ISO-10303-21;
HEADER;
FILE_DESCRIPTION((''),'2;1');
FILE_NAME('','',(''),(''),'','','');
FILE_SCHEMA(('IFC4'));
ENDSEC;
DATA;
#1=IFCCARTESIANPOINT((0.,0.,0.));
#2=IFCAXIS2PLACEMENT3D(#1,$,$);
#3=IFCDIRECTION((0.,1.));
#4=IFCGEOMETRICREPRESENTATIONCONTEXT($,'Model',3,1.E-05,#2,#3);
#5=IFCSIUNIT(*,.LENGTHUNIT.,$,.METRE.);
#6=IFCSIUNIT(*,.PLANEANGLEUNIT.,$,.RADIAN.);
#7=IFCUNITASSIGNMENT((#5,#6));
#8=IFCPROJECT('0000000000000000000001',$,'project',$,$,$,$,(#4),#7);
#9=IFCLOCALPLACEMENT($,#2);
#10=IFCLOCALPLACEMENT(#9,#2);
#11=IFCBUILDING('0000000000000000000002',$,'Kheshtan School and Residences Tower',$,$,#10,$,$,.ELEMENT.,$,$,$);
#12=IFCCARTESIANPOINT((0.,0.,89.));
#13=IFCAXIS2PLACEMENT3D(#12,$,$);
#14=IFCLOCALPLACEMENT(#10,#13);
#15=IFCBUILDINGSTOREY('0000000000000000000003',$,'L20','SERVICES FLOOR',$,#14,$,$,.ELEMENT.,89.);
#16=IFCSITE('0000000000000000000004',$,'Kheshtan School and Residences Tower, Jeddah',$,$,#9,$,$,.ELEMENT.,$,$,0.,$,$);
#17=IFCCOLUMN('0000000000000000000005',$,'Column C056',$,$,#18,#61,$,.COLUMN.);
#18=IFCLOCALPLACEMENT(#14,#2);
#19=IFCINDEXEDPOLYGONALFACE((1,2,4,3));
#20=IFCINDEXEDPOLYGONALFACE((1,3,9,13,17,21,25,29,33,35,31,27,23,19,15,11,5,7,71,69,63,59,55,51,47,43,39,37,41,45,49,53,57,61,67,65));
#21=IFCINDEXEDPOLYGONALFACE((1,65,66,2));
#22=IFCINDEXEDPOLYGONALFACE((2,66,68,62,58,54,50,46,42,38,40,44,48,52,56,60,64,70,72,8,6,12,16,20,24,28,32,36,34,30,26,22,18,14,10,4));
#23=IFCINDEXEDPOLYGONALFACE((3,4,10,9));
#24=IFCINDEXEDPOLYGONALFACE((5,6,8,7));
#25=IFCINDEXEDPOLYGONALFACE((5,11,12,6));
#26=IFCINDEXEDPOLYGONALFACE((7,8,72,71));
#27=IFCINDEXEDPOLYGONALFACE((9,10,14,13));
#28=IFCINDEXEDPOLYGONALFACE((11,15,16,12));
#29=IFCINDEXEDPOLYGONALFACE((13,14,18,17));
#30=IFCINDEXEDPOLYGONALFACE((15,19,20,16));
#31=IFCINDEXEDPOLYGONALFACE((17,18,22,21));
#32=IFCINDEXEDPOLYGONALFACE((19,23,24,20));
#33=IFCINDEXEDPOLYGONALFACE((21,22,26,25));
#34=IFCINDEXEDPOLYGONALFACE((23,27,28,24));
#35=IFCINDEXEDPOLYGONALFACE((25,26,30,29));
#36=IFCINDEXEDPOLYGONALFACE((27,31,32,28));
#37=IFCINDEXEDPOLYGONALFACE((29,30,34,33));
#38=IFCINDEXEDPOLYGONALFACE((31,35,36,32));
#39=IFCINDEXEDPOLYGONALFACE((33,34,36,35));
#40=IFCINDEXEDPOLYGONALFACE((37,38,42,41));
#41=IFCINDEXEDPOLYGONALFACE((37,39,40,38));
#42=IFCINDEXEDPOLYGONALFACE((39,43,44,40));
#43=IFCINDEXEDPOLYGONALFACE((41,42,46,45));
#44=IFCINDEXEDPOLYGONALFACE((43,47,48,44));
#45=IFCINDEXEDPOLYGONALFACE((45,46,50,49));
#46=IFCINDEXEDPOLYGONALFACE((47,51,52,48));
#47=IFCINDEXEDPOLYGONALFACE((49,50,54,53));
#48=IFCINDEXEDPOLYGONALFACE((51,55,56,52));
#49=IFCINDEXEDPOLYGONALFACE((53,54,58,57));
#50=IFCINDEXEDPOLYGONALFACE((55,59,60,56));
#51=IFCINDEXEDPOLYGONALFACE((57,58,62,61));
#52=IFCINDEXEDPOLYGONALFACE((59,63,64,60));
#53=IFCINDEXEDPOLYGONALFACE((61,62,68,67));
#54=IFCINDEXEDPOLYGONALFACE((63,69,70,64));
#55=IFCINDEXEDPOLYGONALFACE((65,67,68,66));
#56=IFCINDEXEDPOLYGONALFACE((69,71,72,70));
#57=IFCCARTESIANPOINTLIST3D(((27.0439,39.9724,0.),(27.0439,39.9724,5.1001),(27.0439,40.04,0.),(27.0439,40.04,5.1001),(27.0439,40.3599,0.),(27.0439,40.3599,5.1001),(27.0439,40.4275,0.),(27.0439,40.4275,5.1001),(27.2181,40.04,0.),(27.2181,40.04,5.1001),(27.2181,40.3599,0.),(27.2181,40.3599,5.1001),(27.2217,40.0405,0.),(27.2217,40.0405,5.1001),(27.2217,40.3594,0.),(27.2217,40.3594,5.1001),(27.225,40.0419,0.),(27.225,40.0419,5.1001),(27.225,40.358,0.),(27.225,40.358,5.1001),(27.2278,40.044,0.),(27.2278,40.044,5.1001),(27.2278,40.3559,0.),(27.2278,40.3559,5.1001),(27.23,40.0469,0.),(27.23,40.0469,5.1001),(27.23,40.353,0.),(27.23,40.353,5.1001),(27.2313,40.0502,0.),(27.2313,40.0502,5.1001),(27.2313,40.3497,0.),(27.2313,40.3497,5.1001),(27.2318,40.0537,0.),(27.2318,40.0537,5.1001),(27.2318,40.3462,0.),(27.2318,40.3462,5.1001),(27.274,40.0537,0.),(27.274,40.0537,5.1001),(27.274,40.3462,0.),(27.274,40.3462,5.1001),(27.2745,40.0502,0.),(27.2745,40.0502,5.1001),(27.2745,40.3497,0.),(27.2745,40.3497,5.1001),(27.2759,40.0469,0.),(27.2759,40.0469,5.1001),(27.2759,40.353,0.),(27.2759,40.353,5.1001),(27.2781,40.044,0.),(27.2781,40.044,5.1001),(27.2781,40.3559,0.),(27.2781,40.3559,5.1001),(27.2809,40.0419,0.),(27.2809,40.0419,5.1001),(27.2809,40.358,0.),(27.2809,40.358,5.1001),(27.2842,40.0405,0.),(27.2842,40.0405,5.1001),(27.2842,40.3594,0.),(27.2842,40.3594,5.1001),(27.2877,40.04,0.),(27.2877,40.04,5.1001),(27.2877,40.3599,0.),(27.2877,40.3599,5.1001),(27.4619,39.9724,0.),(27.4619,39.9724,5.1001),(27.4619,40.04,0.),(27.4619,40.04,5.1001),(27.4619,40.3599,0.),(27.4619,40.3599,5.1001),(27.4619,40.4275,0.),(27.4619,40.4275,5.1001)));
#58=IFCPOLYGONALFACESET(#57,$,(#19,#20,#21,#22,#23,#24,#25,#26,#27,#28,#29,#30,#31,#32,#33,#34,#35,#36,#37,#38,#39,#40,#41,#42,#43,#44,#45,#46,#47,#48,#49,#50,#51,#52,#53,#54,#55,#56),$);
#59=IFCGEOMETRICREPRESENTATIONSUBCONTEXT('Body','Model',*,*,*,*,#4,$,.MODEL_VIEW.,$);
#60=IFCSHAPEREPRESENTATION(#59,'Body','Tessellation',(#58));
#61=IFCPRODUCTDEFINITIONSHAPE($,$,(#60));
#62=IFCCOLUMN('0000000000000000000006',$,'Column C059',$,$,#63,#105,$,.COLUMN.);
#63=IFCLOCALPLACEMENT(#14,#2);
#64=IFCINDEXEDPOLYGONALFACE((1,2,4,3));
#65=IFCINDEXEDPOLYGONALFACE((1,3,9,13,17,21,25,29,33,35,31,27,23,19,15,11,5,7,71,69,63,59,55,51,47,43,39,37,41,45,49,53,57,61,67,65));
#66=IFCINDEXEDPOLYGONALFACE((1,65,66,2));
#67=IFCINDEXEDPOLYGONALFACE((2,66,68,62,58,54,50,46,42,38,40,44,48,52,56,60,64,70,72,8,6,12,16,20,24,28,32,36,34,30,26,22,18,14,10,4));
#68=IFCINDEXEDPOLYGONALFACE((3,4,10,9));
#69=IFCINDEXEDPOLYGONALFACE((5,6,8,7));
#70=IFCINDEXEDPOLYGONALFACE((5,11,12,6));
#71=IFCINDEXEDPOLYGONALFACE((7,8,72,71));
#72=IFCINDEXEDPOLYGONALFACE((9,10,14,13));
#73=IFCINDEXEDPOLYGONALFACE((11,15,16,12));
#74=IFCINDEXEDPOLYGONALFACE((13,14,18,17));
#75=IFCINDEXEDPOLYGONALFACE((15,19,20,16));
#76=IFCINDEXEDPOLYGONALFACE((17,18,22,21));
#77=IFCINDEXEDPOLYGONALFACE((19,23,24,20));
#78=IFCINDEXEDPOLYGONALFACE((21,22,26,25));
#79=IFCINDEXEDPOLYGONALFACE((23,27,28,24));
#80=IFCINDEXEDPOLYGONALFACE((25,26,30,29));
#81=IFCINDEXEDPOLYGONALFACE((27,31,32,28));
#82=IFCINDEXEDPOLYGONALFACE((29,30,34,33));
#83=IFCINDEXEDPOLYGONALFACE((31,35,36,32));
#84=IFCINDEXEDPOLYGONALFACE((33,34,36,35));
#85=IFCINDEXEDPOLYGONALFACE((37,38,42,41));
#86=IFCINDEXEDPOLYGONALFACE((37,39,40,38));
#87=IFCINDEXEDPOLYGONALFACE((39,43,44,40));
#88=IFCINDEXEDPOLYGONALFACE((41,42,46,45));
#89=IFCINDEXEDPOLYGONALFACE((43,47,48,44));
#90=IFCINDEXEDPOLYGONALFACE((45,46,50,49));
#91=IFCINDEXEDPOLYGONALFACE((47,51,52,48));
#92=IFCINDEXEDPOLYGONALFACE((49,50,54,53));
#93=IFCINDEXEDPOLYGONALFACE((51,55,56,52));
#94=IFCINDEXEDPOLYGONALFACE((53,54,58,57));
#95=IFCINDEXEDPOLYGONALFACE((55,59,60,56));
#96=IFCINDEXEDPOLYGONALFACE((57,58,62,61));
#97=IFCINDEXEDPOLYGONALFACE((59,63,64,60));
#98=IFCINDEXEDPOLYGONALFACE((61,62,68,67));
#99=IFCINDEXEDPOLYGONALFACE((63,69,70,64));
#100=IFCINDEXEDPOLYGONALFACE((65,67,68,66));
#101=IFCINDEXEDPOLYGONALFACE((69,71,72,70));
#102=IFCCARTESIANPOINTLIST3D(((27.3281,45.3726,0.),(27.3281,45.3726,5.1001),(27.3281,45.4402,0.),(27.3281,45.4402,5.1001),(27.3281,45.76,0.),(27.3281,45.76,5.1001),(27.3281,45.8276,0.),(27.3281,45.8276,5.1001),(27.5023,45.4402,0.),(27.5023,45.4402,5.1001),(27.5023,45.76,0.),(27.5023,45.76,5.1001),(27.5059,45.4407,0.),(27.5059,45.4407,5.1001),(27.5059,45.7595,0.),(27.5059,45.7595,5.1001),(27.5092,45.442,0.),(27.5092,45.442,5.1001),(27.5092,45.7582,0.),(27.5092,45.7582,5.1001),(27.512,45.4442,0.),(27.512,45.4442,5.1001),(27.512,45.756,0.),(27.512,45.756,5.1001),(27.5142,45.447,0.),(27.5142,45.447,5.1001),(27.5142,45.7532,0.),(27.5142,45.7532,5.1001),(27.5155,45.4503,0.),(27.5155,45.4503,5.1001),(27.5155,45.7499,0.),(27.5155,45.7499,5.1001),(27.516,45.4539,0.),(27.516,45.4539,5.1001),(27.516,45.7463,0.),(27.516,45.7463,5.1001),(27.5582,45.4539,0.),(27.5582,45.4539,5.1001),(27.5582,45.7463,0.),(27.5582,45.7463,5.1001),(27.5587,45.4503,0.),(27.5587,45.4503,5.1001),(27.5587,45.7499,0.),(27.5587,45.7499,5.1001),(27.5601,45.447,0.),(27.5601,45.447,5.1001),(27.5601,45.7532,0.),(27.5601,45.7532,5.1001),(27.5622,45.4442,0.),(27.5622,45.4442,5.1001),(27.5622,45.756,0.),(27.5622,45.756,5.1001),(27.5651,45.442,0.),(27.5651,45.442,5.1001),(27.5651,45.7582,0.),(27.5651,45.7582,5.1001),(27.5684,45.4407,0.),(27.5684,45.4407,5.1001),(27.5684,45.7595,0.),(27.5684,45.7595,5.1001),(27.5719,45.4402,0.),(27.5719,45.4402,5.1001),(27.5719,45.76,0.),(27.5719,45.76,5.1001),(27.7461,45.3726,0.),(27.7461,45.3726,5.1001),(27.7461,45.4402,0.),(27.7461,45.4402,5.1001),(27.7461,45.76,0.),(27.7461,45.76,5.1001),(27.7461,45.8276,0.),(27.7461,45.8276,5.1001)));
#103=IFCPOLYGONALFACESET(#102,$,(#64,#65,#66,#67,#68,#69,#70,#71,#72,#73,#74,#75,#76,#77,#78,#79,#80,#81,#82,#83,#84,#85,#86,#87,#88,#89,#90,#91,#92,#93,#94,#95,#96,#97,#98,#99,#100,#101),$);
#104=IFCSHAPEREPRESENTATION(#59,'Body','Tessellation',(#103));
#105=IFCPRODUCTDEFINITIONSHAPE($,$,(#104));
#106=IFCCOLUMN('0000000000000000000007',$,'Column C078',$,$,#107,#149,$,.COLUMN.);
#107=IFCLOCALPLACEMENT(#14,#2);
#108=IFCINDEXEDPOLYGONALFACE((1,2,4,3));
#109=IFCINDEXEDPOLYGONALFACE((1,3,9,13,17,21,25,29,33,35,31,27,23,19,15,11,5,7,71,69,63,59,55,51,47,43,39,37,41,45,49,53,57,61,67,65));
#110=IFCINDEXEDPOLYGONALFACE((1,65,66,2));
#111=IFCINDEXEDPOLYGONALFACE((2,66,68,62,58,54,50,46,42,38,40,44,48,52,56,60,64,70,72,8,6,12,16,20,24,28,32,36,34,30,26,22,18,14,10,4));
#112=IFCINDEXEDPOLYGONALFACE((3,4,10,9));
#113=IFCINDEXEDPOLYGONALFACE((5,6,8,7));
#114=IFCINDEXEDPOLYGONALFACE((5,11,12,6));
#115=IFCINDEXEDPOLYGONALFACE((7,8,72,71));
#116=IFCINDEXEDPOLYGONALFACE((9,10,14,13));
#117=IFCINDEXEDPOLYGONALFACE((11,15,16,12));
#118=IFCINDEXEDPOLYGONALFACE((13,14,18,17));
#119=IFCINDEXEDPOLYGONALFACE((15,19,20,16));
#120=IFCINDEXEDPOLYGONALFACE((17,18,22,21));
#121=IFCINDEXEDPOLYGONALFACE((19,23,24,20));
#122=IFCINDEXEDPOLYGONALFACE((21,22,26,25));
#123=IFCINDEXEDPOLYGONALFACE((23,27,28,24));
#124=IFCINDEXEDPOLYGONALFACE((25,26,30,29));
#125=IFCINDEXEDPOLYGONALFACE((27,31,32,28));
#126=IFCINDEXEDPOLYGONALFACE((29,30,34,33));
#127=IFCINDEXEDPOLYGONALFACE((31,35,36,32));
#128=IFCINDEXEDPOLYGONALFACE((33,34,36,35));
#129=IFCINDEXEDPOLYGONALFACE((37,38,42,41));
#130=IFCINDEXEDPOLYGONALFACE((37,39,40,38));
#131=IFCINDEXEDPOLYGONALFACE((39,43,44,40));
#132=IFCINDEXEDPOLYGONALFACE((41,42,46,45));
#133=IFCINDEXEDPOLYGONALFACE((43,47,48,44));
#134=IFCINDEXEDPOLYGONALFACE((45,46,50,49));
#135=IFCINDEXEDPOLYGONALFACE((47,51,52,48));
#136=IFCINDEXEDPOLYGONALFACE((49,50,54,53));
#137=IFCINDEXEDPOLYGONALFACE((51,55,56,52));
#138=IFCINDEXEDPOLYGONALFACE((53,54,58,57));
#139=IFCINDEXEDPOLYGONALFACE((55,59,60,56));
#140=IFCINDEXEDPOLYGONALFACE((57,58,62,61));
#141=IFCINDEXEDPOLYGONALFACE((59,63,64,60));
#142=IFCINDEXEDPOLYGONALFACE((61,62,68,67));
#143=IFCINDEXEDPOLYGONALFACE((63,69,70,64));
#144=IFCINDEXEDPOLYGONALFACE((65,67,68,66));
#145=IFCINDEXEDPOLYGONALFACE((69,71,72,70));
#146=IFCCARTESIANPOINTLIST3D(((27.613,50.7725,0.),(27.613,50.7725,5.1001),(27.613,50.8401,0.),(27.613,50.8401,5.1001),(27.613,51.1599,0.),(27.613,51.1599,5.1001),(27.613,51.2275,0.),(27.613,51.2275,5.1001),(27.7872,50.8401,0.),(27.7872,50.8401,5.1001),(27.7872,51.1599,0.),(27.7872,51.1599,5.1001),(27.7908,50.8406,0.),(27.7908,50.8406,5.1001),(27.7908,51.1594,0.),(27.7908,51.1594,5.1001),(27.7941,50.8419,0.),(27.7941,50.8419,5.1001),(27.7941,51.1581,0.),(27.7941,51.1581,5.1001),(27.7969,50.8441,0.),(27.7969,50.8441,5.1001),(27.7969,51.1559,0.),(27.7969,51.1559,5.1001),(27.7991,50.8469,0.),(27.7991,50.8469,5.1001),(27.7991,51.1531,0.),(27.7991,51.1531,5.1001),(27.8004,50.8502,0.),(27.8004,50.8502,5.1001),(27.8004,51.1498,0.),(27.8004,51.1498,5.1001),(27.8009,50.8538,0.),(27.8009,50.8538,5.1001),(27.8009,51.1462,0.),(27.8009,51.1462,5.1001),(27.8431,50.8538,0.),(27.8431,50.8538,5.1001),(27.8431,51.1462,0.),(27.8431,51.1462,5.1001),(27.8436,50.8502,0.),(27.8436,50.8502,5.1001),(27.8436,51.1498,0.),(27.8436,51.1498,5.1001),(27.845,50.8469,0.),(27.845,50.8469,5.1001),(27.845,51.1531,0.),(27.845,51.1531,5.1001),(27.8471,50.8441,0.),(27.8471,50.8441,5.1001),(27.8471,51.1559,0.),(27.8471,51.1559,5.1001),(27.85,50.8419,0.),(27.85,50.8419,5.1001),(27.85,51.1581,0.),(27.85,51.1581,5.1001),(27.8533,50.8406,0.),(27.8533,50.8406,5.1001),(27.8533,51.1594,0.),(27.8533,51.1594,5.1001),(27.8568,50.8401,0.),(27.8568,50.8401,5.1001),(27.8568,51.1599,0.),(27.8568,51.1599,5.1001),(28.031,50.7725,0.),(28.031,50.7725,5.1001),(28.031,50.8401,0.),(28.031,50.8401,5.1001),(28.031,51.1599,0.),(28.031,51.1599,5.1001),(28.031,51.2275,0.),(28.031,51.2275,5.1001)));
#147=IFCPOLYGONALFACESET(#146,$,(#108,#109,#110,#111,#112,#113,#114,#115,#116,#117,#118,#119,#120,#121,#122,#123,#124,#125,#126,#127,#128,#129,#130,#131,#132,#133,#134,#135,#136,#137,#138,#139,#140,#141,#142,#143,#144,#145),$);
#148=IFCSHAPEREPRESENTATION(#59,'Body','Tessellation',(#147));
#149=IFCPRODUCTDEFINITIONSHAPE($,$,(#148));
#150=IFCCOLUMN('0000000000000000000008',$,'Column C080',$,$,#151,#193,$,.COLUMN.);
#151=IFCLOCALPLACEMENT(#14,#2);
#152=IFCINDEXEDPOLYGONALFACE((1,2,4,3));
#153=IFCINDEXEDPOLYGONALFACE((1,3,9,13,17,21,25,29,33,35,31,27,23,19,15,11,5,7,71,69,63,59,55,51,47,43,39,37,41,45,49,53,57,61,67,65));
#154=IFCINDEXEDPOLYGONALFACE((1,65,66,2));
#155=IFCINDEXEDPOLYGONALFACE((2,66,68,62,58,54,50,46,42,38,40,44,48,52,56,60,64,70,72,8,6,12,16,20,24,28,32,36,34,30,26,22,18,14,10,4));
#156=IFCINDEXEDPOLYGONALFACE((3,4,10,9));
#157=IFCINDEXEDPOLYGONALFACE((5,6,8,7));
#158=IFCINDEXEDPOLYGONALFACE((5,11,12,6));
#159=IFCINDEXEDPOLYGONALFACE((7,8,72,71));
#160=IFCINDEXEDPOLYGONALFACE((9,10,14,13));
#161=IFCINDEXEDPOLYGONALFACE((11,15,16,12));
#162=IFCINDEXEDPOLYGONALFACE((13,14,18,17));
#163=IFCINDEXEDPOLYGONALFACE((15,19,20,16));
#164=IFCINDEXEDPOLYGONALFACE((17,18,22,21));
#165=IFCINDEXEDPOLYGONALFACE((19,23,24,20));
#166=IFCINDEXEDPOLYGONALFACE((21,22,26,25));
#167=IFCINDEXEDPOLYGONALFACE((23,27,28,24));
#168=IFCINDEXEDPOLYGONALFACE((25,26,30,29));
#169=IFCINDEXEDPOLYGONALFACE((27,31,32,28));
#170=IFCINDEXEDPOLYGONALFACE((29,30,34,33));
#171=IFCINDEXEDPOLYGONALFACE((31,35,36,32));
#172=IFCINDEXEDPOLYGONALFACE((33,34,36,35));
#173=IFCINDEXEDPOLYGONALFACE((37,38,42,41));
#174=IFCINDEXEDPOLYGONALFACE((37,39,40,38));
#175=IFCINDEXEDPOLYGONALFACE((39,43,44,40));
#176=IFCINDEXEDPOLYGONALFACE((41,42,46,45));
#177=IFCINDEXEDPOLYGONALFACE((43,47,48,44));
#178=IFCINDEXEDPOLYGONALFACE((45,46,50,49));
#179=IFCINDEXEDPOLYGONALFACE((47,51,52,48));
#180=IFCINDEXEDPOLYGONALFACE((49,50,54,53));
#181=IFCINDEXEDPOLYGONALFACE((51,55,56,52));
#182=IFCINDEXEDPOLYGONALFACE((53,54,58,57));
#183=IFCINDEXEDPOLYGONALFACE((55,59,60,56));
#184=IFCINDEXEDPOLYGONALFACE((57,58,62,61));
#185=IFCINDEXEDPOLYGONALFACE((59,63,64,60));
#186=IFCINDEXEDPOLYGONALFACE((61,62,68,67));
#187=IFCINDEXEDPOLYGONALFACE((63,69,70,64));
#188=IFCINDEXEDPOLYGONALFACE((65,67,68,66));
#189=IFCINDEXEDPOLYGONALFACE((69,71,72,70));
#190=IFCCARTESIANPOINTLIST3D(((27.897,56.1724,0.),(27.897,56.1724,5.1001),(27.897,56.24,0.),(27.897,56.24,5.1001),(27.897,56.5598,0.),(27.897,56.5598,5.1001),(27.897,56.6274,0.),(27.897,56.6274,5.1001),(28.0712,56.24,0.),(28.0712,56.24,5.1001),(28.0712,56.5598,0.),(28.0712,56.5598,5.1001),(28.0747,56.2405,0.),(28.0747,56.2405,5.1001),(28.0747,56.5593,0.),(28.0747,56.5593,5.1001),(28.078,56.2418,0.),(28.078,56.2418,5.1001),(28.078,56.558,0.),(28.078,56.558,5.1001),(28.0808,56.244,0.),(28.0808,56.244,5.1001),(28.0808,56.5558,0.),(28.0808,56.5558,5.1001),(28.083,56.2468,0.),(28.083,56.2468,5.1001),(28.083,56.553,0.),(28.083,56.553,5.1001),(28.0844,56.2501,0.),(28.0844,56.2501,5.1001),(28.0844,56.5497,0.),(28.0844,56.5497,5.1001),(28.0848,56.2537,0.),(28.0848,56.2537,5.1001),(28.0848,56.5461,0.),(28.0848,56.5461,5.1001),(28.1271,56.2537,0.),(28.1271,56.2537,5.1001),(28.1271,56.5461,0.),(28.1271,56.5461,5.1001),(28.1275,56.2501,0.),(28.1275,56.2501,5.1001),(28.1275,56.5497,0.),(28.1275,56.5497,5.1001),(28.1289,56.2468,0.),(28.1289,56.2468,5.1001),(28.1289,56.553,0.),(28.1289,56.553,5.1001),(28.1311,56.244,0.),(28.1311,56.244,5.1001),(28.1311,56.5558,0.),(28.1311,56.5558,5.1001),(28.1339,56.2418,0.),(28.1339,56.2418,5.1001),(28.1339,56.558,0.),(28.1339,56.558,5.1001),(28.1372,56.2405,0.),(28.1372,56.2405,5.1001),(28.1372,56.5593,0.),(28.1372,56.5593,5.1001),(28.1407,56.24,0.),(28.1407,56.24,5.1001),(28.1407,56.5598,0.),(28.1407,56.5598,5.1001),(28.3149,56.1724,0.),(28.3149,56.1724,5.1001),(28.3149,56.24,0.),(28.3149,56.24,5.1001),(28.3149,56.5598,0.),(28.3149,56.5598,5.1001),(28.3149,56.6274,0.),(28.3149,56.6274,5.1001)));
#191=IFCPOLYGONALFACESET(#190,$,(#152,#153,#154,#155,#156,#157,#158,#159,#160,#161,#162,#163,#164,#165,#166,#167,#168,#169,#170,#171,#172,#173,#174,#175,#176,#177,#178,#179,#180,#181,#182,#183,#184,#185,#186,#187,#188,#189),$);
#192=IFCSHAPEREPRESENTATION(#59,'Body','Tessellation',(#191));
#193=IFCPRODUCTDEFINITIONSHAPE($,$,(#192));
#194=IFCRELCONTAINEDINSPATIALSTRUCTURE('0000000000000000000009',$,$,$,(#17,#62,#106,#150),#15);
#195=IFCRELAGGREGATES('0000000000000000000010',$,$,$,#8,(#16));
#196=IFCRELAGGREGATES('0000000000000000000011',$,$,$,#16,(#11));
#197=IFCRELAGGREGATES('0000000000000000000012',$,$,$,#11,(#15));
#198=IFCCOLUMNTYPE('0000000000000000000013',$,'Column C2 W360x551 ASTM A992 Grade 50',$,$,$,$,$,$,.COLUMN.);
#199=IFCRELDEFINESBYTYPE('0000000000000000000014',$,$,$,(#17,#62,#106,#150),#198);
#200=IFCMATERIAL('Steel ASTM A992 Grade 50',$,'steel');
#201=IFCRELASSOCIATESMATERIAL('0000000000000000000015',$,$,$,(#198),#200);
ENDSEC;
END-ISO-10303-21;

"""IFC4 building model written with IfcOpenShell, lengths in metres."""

from ifc_helpers import new_model, si_unit, direction, frame, origin, origin_2d, place, context, subcontext, project, spatial, i_section, extrude, material, material_profile, profile_set, type_object, element, save


model = new_model("IFC4")

# Units and contexts
model_context = context("Model", 3, precision=1e-05, world=origin(), true_north=direction((0.0, 1.0)))
body_context = subcontext(model_context, "Body", "Model", "MODEL_VIEW")
ifc_project = project(units=[si_unit("LENGTHUNIT", "METRE"), si_unit("PLANEANGLEUNIT", "RADIAN")], contexts=[model_context])

# Site, building, storey
site_placement = place(None, origin())
site = spatial("IfcSite", under=ifc_project, at=site_placement, Name="Kheshtan School and Residences Tower, Jeddah", CompositionType="ELEMENT", RefElevation=0.0)
building_placement = place(site_placement, origin())
building = spatial("IfcBuilding", under=site, at=building_placement, Name="Kheshtan School and Residences Tower", CompositionType="ELEMENT")
storey_placement = place(building_placement, frame((0.0, 0.0, 89.0)))
storey = spatial("IfcBuildingStorey", under=building, at=storey_placement, Name="L20", Description="SERVICES FLOOR", CompositionType="ELEMENT", Elevation=89.0)

# Columns
ifc_material_1 = material(Name="Steel ASTM A992 Grade 50", Category="steel")
ifc_material_profile_1 = material_profile(ifc_material_1, i_section(OverallWidth=0.418, OverallDepth=0.4551, WebThickness=0.0422, FlangeThickness=0.0676, FilletRadius=0.0137, at=origin_2d()), Name="W360x551")
ifc_profile_set_1 = profile_set([ifc_material_profile_1], Name="Steel ASTM A992 Grade 50")
column_type = type_object("IfcColumnType", Name="Column C2 W360x551 ASTM A992 Grade 50", PredefinedType="COLUMN", material=ifc_profile_set_1)
for number, where, z_axis, x_axis, name in (
    (1, (27.2529, 40.2, 0.0), (0.0, 0.0, 1.0), (1.0, 0.0, 0.0), "Column C056"),
    (2, (27.5371, 45.6001, 0.0), (0.0, 0.0, 1.0), (1.0, 0.0, 0.0), "Column C059"),
    (3, (27.822, 51.0, 0.0), (0.0, 0.0, 1.0), (1.0, 0.0, 0.0), "Column C078"),
    (4, (28.106, 56.3999, 0.0), (0.0, 0.0, 1.0), (1.0, 0.0, 0.0), "Column C080"),
):
    element("IfcColumn", number, at=place(storey_placement, frame(where, z_axis=z_axis, x_axis=x_axis)), inside=storey, type_object=column_type, Name=name, PredefinedType="COLUMN", context=body_context, shape_type="SweptSolid", body=[
        extrude(i_section(OverallWidth=0.418, OverallDepth=0.4551, WebThickness=0.0422, FlangeThickness=0.0676, FilletRadius=0.0137, at=origin_2d()), origin(), (0.0, 0.0, 1.0), 5.1001),
    ])

save(model, "model.ifc")
